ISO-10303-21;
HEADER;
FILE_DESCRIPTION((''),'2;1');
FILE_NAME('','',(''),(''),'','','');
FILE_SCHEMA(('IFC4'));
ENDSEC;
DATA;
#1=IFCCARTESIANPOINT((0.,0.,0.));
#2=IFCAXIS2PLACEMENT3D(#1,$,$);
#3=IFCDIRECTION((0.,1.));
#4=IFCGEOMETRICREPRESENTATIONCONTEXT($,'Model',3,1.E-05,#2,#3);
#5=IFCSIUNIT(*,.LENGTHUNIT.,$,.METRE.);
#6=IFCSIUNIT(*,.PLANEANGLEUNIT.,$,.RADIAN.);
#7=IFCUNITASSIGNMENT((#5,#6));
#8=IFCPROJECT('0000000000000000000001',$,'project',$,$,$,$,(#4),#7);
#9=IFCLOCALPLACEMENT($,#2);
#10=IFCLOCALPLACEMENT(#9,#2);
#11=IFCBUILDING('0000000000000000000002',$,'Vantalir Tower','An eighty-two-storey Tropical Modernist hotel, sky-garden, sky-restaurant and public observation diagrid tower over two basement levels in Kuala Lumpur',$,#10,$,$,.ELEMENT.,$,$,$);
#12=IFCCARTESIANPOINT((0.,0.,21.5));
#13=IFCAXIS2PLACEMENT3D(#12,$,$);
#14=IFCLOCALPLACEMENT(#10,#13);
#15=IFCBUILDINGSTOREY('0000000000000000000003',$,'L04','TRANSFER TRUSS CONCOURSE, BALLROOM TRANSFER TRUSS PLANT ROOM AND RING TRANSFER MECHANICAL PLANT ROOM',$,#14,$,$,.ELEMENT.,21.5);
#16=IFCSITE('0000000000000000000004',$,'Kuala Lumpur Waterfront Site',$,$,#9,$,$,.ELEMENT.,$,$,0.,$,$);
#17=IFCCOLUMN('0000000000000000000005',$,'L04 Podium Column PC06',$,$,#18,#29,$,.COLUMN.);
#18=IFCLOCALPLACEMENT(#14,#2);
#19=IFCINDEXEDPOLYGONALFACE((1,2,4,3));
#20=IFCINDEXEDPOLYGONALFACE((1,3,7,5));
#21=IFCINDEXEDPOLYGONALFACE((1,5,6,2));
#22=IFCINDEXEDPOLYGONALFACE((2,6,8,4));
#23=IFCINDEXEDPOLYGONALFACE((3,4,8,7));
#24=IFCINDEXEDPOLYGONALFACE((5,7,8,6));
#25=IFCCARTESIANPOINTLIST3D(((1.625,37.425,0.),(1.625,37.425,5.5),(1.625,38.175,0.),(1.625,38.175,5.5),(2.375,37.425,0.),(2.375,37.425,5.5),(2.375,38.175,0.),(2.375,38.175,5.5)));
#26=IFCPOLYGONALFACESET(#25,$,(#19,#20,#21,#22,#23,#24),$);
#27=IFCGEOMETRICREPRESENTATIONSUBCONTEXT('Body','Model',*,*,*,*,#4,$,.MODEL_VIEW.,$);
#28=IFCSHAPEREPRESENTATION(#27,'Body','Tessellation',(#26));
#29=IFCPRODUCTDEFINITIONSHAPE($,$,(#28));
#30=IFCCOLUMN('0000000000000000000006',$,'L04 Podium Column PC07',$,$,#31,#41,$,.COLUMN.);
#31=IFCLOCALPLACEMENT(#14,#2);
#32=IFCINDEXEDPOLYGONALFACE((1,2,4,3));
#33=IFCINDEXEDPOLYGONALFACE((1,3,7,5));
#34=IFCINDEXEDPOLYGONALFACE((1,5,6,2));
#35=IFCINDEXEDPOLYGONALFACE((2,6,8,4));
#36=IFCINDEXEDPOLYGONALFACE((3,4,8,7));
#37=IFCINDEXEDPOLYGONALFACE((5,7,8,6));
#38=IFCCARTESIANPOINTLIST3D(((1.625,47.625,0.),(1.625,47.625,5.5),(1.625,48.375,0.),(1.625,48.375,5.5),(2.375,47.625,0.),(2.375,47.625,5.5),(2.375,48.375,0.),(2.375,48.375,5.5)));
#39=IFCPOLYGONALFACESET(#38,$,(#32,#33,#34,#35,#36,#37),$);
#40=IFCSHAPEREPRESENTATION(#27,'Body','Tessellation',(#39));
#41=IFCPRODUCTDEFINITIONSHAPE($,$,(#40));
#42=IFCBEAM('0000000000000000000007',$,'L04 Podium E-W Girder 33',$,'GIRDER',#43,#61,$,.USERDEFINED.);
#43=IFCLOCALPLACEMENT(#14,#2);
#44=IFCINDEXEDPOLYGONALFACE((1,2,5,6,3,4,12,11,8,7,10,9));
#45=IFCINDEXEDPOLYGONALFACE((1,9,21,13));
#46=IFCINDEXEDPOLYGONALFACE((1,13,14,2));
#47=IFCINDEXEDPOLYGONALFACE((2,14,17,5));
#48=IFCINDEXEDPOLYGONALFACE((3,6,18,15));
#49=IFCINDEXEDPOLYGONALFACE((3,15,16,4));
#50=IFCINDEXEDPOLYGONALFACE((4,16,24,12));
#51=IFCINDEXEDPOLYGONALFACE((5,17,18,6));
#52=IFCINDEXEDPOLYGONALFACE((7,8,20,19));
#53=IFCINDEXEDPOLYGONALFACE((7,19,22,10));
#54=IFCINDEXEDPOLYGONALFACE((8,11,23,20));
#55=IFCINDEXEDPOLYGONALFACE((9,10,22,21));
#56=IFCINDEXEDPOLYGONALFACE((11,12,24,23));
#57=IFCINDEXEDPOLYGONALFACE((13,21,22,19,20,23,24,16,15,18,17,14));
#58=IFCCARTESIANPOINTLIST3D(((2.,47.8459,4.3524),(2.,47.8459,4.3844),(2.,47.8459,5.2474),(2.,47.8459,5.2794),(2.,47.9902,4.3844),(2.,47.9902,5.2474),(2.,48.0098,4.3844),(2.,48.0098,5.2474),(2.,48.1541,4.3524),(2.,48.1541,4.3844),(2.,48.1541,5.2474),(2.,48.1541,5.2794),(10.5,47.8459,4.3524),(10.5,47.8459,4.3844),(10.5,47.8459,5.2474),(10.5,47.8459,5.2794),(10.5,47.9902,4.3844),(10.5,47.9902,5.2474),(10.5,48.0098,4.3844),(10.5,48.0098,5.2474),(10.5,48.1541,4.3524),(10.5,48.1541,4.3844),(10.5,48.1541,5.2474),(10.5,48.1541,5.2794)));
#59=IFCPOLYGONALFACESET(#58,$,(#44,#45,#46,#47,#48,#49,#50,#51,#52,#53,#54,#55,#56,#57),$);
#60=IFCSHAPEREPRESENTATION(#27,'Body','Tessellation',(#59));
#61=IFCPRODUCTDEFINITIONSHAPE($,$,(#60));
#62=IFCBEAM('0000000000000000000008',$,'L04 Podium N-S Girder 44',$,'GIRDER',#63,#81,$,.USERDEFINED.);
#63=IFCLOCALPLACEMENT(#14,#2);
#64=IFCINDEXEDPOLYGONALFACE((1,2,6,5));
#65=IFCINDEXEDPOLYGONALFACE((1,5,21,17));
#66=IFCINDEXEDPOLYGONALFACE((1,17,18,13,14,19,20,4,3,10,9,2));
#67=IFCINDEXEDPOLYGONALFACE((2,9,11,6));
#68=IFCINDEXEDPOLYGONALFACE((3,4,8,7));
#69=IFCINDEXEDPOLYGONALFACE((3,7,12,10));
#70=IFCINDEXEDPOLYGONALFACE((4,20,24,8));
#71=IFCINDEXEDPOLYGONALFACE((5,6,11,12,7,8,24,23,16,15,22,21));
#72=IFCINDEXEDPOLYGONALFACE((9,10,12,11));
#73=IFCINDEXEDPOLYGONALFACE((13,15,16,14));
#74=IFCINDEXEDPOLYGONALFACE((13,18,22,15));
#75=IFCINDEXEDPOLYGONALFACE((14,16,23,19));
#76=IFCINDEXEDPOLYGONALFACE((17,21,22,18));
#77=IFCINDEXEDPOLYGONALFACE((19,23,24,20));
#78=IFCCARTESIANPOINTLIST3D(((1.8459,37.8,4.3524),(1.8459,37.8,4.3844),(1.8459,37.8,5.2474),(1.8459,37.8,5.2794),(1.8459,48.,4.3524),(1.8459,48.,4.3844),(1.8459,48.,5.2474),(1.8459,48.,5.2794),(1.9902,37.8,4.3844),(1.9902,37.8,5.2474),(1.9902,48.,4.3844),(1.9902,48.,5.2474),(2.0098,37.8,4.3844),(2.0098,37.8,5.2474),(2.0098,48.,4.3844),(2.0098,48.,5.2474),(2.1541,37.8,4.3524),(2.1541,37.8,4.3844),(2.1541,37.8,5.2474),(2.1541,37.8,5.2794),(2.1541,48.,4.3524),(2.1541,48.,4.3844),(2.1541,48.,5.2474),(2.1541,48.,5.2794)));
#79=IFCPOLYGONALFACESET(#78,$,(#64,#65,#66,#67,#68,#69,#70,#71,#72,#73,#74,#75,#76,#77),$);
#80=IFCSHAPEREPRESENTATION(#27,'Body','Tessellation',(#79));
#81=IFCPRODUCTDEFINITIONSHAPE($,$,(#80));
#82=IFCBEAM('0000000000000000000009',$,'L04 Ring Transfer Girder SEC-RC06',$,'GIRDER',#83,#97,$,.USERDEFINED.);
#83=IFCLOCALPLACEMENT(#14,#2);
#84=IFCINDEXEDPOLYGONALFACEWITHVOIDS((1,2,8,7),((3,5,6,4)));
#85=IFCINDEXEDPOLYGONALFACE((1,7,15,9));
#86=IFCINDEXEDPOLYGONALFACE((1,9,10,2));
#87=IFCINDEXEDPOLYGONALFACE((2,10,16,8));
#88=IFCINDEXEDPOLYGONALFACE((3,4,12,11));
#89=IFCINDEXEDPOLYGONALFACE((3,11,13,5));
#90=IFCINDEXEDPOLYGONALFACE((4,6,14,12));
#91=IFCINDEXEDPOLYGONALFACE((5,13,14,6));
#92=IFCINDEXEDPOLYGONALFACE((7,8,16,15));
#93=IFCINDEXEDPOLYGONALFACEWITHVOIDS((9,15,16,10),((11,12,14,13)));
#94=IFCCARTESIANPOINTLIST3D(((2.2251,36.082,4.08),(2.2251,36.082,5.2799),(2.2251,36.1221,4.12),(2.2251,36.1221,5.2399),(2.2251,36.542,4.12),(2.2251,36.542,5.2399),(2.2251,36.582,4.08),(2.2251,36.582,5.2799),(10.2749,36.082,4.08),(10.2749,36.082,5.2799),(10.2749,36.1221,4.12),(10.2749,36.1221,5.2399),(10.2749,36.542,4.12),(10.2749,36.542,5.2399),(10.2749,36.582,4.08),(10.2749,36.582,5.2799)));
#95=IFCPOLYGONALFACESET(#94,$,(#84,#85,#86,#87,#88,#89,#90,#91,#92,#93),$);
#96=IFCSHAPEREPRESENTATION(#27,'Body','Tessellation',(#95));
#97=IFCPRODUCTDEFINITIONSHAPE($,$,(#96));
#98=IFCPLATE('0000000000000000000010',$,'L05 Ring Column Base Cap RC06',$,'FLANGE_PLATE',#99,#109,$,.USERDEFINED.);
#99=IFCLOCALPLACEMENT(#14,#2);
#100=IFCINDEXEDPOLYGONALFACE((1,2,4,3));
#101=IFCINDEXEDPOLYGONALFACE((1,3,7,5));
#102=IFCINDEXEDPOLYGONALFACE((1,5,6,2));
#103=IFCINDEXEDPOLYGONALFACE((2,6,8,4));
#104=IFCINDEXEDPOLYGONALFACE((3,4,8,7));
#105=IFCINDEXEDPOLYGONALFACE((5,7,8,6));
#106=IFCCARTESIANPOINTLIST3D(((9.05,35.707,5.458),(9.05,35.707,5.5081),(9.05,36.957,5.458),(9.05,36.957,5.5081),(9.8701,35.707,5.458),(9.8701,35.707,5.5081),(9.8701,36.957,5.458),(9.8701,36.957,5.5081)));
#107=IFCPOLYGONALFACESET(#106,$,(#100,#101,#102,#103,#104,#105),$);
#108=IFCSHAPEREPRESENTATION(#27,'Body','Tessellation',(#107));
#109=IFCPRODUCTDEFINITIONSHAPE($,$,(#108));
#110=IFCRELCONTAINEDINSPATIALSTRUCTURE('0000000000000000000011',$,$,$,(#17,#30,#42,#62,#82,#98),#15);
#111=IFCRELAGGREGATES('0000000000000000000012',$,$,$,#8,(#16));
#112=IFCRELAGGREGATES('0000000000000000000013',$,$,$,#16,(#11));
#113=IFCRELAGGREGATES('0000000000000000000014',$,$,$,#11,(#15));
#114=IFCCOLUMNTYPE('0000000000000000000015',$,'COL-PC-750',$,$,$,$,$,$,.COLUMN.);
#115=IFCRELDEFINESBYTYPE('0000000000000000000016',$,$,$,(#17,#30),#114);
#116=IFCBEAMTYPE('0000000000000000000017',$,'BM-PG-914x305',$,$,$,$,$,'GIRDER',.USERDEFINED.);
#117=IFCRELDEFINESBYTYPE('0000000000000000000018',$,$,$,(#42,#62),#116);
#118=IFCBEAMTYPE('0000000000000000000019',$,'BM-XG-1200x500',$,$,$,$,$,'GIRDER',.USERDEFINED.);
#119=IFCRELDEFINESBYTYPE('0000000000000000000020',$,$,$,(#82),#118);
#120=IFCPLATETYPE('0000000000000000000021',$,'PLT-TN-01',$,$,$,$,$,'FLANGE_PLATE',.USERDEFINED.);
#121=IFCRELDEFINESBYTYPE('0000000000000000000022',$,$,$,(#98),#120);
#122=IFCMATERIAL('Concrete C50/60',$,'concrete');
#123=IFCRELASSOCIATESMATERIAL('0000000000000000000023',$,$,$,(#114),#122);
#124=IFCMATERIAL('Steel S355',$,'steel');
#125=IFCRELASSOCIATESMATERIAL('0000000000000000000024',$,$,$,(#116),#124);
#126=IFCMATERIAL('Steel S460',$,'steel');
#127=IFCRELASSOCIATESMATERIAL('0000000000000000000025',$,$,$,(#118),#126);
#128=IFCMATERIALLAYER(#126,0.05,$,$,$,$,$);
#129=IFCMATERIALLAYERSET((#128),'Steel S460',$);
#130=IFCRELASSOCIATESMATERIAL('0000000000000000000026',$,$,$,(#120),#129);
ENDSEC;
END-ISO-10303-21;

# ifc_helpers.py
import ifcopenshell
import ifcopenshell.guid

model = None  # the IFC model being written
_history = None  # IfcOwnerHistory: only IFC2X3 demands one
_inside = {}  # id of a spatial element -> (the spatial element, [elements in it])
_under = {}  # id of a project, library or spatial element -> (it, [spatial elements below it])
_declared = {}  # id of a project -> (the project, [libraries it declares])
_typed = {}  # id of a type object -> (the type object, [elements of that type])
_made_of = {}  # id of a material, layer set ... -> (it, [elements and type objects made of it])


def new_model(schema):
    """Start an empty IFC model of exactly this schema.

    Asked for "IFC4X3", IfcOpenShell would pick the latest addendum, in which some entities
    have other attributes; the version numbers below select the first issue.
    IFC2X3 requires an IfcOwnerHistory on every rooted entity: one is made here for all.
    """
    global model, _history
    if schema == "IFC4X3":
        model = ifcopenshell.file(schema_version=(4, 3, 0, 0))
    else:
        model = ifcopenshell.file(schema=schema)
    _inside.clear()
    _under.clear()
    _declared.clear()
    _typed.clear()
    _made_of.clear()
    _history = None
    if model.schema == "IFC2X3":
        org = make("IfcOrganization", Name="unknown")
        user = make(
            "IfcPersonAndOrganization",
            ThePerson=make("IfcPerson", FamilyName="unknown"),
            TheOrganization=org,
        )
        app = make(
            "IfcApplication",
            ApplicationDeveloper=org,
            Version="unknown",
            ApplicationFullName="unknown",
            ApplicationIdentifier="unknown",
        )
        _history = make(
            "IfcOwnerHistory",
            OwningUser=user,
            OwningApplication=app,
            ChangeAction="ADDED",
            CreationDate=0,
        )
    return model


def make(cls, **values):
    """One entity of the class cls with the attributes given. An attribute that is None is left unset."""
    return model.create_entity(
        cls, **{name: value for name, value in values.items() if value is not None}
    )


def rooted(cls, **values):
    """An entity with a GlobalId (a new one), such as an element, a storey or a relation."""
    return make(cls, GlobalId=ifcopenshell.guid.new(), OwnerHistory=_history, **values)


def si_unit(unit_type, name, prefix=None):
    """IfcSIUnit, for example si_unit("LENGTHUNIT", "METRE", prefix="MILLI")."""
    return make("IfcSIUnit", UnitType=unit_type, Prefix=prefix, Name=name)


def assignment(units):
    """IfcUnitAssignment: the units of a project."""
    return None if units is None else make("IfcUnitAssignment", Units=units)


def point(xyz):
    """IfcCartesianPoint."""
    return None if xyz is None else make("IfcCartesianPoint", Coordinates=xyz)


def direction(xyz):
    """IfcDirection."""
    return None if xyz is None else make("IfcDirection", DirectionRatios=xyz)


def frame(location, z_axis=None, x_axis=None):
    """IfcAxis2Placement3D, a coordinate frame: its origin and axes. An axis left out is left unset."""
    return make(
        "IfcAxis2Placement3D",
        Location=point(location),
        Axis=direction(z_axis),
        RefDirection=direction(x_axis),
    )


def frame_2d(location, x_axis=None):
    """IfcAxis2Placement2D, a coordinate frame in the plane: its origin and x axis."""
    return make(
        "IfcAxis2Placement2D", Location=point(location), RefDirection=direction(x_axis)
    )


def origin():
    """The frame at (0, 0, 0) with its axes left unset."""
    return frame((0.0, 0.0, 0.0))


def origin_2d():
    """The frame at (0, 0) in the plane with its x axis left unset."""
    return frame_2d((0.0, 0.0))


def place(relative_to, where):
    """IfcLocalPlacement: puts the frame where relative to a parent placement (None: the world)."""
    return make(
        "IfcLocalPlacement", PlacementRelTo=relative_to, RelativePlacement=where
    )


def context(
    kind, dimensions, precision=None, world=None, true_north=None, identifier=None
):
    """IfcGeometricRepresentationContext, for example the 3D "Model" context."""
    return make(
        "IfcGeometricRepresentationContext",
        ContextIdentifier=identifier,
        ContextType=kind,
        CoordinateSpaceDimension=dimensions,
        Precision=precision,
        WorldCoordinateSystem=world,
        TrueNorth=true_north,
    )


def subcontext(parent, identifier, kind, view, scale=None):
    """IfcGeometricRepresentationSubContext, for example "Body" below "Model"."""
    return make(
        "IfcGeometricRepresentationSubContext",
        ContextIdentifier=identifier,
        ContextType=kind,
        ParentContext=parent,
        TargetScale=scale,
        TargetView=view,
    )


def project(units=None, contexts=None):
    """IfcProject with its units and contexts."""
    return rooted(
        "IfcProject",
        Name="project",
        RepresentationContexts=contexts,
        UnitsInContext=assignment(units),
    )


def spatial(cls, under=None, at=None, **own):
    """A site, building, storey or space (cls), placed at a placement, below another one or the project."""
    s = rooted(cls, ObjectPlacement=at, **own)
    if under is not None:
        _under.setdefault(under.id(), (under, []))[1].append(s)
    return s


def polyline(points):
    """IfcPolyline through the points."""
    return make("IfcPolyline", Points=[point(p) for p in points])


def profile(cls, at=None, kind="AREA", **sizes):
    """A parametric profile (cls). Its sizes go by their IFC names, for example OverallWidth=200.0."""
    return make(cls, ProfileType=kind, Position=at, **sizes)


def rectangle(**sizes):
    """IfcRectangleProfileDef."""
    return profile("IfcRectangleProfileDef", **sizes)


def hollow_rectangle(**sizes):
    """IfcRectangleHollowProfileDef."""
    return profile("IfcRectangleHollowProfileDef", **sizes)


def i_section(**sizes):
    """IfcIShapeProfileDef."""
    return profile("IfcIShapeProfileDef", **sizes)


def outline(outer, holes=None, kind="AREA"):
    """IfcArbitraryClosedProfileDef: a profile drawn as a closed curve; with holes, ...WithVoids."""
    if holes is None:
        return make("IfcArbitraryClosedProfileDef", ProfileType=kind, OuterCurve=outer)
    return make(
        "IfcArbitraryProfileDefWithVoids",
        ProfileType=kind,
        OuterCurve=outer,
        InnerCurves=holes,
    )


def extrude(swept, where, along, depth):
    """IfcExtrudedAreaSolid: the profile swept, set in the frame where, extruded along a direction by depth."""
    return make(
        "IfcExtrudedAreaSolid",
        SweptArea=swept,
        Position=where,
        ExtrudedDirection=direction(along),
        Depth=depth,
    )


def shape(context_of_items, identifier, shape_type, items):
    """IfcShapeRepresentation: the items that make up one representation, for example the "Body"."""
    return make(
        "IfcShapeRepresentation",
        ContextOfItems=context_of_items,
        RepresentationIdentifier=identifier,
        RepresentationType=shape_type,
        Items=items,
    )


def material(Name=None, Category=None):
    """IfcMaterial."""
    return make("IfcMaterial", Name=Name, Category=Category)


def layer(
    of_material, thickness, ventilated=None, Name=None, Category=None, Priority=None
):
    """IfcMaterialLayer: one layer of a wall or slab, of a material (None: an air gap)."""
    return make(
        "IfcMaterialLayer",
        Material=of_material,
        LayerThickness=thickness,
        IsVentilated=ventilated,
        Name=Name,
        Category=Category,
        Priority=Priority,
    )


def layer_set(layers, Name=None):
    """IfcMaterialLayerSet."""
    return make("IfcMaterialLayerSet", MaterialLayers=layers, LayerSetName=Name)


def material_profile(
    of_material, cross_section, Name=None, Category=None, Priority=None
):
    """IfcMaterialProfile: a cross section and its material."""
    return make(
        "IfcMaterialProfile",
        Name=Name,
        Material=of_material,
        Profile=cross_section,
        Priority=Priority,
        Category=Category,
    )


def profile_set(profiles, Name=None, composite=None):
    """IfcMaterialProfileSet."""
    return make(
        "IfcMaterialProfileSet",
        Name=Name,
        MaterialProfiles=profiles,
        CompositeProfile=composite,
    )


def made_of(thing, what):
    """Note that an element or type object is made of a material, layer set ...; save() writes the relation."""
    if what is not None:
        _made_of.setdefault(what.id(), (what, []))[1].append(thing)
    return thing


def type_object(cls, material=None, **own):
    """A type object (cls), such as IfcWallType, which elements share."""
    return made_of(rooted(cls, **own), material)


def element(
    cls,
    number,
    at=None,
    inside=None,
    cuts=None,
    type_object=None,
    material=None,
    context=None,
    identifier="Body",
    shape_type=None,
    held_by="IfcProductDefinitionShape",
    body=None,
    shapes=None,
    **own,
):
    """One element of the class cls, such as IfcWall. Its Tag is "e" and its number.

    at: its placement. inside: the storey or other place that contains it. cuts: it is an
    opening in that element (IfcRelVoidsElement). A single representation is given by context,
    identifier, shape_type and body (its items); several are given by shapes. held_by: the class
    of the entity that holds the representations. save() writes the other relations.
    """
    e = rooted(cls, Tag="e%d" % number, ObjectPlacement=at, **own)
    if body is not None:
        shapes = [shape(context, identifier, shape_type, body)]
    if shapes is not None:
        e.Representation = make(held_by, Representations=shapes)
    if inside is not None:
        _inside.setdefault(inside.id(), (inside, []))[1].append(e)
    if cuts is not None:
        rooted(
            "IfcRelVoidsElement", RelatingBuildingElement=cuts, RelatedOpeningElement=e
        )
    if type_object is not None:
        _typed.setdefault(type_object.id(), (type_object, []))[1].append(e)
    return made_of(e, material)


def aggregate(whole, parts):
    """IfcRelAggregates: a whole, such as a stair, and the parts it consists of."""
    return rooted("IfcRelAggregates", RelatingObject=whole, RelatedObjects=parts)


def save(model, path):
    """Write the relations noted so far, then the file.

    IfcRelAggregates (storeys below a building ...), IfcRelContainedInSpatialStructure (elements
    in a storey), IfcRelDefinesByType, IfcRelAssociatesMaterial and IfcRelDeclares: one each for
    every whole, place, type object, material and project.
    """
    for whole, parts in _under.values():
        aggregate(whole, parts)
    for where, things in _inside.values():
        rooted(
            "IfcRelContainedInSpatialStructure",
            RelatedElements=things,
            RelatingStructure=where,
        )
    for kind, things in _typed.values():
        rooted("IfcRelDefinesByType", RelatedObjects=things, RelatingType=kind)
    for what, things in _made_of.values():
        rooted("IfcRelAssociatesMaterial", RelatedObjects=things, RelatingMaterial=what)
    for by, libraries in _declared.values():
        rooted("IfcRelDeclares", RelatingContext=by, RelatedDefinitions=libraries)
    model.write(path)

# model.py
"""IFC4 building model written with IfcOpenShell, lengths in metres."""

from ifc_helpers import new_model, si_unit, direction, frame, origin, origin_2d, place, context, subcontext, project, spatial, polyline, rectangle, hollow_rectangle, i_section, outline, extrude, material, layer, layer_set, material_profile, profile_set, type_object, element, save


model = new_model("IFC4")

# Units and contexts
model_context = context("Model", 3, precision=1e-05, world=origin(), true_north=direction((0.0, 1.0)))
body_context = subcontext(model_context, "Body", "Model", "MODEL_VIEW")
ifc_project = project(units=[si_unit("LENGTHUNIT", "METRE"), si_unit("PLANEANGLEUNIT", "RADIAN")], contexts=[model_context])

# Site, building, storey
site_placement = place(None, origin())
site = spatial("IfcSite", under=ifc_project, at=site_placement, Name="Kuala Lumpur Waterfront Site", CompositionType="ELEMENT", RefElevation=0.0)
building_placement = place(site_placement, origin())
building = spatial("IfcBuilding", under=site, at=building_placement, Name="Vantalir Tower", Description="An eighty-two-storey Tropical Modernist hotel, sky-garden, sky-restaurant and public observation diagrid tower over two basement levels in Kuala Lumpur", CompositionType="ELEMENT")
storey_placement = place(building_placement, frame((0.0, 0.0, 21.5)))
storey = spatial("IfcBuildingStorey", under=building, at=storey_placement, Name="L04", Description="TRANSFER TRUSS CONCOURSE, BALLROOM TRANSFER TRUSS PLANT ROOM AND RING TRANSFER MECHANICAL PLANT ROOM", CompositionType="ELEMENT", Elevation=21.5)

# Columns
ifc_material_1 = material(Name="Concrete C50/60", Category="concrete")
ifc_material_profile_1 = material_profile(ifc_material_1, rectangle(XDim=0.75, YDim=0.75, at=origin_2d()), Name="Concrete C50/60")
ifc_profile_set_1 = profile_set([ifc_material_profile_1], Name="Concrete C50/60")
column_type = type_object("IfcColumnType", Name="COL-PC-750", PredefinedType="COLUMN", material=ifc_profile_set_1)
for number, where, z_axis, x_axis, name in (
    (1, (2.0, 37.8, 0.0), (0.0, 0.0, 1.0), (1.0, 0.0, 0.0), "L04 Podium Column PC06"),
    (2, (2.0, 48.0, 0.0), (0.0, 0.0, 1.0), (1.0, 0.0, 0.0), "L04 Podium Column PC07"),
):
    element("IfcColumn", number, at=place(storey_placement, frame(where, z_axis=z_axis, x_axis=x_axis)), inside=storey, type_object=column_type, Name=name, PredefinedType="COLUMN", context=body_context, shape_type="SweptSolid", body=[
        extrude(rectangle(XDim=0.75, YDim=0.75, at=origin_2d()), origin(), (0.0, 0.0, 1.0), 5.5),
    ])

# Beams
ifc_material_2 = material(Name="Steel S355", Category="steel")
ifc_material_profile_2 = material_profile(ifc_material_2, i_section(OverallWidth=0.3081, OverallDepth=0.927, WebThickness=0.0195, FlangeThickness=0.032, at=origin_2d()), Name="Steel S355")
ifc_profile_set_2 = profile_set([ifc_material_profile_2], Name="Steel S355")
beam_type_1 = type_object("IfcBeamType", Name="BM-PG-914x305", ElementType="GIRDER", PredefinedType="USERDEFINED", material=ifc_profile_set_2)
beam_1_placement = place(storey_placement, frame((2.0, 48.0, 4.8159), z_axis=(1.0, 0.0, 0.0), x_axis=(0.0, 1.0, 0.0)))
element("IfcBeam", 3, at=beam_1_placement, inside=storey, type_object=beam_type_1, Name="L04 Podium E-W Girder 33", ObjectType="GIRDER", PredefinedType="USERDEFINED", context=body_context, shape_type="SweptSolid", body=[
    extrude(i_section(OverallWidth=0.3081, OverallDepth=0.927, WebThickness=0.0195, FlangeThickness=0.032, at=origin_2d()), origin(), (0.0, 0.0, 1.0), 8.5),
])
beam_2_placement = place(storey_placement, frame((2.0, 37.8, 4.8159), z_axis=(0.0, 1.0, 0.0), x_axis=(-1.0, 0.0, 0.0)))
element("IfcBeam", 4, at=beam_2_placement, inside=storey, type_object=beam_type_1, Name="L04 Podium N-S Girder 44", ObjectType="GIRDER", PredefinedType="USERDEFINED", context=body_context, shape_type="SweptSolid", body=[
    extrude(i_section(OverallWidth=0.3081, OverallDepth=0.927, WebThickness=0.0195, FlangeThickness=0.032, at=origin_2d()), origin(), (0.0, 0.0, 1.0), 10.2),
])
ifc_material_3 = material(Name="Steel S460", Category="steel")
ifc_material_profile_3 = material_profile(ifc_material_3, hollow_rectangle(XDim=0.5, YDim=1.2, WallThickness=0.04, at=origin_2d()), Name="Steel S460")
ifc_profile_set_3 = profile_set([ifc_material_profile_3], Name="Steel S460")
beam_type_2 = type_object("IfcBeamType", Name="BM-XG-1200x500", ElementType="GIRDER", PredefinedType="USERDEFINED", material=ifc_profile_set_3)
beam_3_placement = place(storey_placement, frame((2.2251, 36.332, 4.6799), z_axis=(1.0, 0.0, 0.0), x_axis=(0.0, 1.0, 0.0)))
element("IfcBeam", 5, at=beam_3_placement, inside=storey, type_object=beam_type_2, Name="L04 Ring Transfer Girder SEC-RC06", ObjectType="GIRDER", PredefinedType="USERDEFINED", context=body_context, shape_type="SweptSolid", body=[
    extrude(hollow_rectangle(XDim=0.5, YDim=1.2, WallThickness=0.04, at=origin_2d()), origin(), (0.0, 0.0, 1.0), 8.0498),
])

# Plate
ifc_layer_1 = layer(ifc_material_3, 0.05)
ifc_layer_set_1 = layer_set([ifc_layer_1], Name="Steel S460")
plate_type = type_object("IfcPlateType", Name="PLT-TN-01", ElementType="FLANGE_PLATE", PredefinedType="USERDEFINED", material=ifc_layer_set_1)
plate_placement = place(storey_placement, frame((9.05, 36.957, 5.5081), z_axis=(0.0, 0.0, 1.0), x_axis=(0.0, -1.0, 0.0)))
element("IfcPlate", 6, at=plate_placement, inside=storey, type_object=plate_type, Name="L05 Ring Column Base Cap RC06", ObjectType="FLANGE_PLATE", PredefinedType="USERDEFINED", context=body_context, shape_type="SweptSolid", body=[
    extrude(outline(polyline([(0.0, 0.0), (1.25, 0.0), (1.25, 0.8201), (0.0, 0.8201), (0.0, 0.0)])), origin(), (0.0, 0.0, -1.0), 0.05),
])

save(model, "model.ifc")
